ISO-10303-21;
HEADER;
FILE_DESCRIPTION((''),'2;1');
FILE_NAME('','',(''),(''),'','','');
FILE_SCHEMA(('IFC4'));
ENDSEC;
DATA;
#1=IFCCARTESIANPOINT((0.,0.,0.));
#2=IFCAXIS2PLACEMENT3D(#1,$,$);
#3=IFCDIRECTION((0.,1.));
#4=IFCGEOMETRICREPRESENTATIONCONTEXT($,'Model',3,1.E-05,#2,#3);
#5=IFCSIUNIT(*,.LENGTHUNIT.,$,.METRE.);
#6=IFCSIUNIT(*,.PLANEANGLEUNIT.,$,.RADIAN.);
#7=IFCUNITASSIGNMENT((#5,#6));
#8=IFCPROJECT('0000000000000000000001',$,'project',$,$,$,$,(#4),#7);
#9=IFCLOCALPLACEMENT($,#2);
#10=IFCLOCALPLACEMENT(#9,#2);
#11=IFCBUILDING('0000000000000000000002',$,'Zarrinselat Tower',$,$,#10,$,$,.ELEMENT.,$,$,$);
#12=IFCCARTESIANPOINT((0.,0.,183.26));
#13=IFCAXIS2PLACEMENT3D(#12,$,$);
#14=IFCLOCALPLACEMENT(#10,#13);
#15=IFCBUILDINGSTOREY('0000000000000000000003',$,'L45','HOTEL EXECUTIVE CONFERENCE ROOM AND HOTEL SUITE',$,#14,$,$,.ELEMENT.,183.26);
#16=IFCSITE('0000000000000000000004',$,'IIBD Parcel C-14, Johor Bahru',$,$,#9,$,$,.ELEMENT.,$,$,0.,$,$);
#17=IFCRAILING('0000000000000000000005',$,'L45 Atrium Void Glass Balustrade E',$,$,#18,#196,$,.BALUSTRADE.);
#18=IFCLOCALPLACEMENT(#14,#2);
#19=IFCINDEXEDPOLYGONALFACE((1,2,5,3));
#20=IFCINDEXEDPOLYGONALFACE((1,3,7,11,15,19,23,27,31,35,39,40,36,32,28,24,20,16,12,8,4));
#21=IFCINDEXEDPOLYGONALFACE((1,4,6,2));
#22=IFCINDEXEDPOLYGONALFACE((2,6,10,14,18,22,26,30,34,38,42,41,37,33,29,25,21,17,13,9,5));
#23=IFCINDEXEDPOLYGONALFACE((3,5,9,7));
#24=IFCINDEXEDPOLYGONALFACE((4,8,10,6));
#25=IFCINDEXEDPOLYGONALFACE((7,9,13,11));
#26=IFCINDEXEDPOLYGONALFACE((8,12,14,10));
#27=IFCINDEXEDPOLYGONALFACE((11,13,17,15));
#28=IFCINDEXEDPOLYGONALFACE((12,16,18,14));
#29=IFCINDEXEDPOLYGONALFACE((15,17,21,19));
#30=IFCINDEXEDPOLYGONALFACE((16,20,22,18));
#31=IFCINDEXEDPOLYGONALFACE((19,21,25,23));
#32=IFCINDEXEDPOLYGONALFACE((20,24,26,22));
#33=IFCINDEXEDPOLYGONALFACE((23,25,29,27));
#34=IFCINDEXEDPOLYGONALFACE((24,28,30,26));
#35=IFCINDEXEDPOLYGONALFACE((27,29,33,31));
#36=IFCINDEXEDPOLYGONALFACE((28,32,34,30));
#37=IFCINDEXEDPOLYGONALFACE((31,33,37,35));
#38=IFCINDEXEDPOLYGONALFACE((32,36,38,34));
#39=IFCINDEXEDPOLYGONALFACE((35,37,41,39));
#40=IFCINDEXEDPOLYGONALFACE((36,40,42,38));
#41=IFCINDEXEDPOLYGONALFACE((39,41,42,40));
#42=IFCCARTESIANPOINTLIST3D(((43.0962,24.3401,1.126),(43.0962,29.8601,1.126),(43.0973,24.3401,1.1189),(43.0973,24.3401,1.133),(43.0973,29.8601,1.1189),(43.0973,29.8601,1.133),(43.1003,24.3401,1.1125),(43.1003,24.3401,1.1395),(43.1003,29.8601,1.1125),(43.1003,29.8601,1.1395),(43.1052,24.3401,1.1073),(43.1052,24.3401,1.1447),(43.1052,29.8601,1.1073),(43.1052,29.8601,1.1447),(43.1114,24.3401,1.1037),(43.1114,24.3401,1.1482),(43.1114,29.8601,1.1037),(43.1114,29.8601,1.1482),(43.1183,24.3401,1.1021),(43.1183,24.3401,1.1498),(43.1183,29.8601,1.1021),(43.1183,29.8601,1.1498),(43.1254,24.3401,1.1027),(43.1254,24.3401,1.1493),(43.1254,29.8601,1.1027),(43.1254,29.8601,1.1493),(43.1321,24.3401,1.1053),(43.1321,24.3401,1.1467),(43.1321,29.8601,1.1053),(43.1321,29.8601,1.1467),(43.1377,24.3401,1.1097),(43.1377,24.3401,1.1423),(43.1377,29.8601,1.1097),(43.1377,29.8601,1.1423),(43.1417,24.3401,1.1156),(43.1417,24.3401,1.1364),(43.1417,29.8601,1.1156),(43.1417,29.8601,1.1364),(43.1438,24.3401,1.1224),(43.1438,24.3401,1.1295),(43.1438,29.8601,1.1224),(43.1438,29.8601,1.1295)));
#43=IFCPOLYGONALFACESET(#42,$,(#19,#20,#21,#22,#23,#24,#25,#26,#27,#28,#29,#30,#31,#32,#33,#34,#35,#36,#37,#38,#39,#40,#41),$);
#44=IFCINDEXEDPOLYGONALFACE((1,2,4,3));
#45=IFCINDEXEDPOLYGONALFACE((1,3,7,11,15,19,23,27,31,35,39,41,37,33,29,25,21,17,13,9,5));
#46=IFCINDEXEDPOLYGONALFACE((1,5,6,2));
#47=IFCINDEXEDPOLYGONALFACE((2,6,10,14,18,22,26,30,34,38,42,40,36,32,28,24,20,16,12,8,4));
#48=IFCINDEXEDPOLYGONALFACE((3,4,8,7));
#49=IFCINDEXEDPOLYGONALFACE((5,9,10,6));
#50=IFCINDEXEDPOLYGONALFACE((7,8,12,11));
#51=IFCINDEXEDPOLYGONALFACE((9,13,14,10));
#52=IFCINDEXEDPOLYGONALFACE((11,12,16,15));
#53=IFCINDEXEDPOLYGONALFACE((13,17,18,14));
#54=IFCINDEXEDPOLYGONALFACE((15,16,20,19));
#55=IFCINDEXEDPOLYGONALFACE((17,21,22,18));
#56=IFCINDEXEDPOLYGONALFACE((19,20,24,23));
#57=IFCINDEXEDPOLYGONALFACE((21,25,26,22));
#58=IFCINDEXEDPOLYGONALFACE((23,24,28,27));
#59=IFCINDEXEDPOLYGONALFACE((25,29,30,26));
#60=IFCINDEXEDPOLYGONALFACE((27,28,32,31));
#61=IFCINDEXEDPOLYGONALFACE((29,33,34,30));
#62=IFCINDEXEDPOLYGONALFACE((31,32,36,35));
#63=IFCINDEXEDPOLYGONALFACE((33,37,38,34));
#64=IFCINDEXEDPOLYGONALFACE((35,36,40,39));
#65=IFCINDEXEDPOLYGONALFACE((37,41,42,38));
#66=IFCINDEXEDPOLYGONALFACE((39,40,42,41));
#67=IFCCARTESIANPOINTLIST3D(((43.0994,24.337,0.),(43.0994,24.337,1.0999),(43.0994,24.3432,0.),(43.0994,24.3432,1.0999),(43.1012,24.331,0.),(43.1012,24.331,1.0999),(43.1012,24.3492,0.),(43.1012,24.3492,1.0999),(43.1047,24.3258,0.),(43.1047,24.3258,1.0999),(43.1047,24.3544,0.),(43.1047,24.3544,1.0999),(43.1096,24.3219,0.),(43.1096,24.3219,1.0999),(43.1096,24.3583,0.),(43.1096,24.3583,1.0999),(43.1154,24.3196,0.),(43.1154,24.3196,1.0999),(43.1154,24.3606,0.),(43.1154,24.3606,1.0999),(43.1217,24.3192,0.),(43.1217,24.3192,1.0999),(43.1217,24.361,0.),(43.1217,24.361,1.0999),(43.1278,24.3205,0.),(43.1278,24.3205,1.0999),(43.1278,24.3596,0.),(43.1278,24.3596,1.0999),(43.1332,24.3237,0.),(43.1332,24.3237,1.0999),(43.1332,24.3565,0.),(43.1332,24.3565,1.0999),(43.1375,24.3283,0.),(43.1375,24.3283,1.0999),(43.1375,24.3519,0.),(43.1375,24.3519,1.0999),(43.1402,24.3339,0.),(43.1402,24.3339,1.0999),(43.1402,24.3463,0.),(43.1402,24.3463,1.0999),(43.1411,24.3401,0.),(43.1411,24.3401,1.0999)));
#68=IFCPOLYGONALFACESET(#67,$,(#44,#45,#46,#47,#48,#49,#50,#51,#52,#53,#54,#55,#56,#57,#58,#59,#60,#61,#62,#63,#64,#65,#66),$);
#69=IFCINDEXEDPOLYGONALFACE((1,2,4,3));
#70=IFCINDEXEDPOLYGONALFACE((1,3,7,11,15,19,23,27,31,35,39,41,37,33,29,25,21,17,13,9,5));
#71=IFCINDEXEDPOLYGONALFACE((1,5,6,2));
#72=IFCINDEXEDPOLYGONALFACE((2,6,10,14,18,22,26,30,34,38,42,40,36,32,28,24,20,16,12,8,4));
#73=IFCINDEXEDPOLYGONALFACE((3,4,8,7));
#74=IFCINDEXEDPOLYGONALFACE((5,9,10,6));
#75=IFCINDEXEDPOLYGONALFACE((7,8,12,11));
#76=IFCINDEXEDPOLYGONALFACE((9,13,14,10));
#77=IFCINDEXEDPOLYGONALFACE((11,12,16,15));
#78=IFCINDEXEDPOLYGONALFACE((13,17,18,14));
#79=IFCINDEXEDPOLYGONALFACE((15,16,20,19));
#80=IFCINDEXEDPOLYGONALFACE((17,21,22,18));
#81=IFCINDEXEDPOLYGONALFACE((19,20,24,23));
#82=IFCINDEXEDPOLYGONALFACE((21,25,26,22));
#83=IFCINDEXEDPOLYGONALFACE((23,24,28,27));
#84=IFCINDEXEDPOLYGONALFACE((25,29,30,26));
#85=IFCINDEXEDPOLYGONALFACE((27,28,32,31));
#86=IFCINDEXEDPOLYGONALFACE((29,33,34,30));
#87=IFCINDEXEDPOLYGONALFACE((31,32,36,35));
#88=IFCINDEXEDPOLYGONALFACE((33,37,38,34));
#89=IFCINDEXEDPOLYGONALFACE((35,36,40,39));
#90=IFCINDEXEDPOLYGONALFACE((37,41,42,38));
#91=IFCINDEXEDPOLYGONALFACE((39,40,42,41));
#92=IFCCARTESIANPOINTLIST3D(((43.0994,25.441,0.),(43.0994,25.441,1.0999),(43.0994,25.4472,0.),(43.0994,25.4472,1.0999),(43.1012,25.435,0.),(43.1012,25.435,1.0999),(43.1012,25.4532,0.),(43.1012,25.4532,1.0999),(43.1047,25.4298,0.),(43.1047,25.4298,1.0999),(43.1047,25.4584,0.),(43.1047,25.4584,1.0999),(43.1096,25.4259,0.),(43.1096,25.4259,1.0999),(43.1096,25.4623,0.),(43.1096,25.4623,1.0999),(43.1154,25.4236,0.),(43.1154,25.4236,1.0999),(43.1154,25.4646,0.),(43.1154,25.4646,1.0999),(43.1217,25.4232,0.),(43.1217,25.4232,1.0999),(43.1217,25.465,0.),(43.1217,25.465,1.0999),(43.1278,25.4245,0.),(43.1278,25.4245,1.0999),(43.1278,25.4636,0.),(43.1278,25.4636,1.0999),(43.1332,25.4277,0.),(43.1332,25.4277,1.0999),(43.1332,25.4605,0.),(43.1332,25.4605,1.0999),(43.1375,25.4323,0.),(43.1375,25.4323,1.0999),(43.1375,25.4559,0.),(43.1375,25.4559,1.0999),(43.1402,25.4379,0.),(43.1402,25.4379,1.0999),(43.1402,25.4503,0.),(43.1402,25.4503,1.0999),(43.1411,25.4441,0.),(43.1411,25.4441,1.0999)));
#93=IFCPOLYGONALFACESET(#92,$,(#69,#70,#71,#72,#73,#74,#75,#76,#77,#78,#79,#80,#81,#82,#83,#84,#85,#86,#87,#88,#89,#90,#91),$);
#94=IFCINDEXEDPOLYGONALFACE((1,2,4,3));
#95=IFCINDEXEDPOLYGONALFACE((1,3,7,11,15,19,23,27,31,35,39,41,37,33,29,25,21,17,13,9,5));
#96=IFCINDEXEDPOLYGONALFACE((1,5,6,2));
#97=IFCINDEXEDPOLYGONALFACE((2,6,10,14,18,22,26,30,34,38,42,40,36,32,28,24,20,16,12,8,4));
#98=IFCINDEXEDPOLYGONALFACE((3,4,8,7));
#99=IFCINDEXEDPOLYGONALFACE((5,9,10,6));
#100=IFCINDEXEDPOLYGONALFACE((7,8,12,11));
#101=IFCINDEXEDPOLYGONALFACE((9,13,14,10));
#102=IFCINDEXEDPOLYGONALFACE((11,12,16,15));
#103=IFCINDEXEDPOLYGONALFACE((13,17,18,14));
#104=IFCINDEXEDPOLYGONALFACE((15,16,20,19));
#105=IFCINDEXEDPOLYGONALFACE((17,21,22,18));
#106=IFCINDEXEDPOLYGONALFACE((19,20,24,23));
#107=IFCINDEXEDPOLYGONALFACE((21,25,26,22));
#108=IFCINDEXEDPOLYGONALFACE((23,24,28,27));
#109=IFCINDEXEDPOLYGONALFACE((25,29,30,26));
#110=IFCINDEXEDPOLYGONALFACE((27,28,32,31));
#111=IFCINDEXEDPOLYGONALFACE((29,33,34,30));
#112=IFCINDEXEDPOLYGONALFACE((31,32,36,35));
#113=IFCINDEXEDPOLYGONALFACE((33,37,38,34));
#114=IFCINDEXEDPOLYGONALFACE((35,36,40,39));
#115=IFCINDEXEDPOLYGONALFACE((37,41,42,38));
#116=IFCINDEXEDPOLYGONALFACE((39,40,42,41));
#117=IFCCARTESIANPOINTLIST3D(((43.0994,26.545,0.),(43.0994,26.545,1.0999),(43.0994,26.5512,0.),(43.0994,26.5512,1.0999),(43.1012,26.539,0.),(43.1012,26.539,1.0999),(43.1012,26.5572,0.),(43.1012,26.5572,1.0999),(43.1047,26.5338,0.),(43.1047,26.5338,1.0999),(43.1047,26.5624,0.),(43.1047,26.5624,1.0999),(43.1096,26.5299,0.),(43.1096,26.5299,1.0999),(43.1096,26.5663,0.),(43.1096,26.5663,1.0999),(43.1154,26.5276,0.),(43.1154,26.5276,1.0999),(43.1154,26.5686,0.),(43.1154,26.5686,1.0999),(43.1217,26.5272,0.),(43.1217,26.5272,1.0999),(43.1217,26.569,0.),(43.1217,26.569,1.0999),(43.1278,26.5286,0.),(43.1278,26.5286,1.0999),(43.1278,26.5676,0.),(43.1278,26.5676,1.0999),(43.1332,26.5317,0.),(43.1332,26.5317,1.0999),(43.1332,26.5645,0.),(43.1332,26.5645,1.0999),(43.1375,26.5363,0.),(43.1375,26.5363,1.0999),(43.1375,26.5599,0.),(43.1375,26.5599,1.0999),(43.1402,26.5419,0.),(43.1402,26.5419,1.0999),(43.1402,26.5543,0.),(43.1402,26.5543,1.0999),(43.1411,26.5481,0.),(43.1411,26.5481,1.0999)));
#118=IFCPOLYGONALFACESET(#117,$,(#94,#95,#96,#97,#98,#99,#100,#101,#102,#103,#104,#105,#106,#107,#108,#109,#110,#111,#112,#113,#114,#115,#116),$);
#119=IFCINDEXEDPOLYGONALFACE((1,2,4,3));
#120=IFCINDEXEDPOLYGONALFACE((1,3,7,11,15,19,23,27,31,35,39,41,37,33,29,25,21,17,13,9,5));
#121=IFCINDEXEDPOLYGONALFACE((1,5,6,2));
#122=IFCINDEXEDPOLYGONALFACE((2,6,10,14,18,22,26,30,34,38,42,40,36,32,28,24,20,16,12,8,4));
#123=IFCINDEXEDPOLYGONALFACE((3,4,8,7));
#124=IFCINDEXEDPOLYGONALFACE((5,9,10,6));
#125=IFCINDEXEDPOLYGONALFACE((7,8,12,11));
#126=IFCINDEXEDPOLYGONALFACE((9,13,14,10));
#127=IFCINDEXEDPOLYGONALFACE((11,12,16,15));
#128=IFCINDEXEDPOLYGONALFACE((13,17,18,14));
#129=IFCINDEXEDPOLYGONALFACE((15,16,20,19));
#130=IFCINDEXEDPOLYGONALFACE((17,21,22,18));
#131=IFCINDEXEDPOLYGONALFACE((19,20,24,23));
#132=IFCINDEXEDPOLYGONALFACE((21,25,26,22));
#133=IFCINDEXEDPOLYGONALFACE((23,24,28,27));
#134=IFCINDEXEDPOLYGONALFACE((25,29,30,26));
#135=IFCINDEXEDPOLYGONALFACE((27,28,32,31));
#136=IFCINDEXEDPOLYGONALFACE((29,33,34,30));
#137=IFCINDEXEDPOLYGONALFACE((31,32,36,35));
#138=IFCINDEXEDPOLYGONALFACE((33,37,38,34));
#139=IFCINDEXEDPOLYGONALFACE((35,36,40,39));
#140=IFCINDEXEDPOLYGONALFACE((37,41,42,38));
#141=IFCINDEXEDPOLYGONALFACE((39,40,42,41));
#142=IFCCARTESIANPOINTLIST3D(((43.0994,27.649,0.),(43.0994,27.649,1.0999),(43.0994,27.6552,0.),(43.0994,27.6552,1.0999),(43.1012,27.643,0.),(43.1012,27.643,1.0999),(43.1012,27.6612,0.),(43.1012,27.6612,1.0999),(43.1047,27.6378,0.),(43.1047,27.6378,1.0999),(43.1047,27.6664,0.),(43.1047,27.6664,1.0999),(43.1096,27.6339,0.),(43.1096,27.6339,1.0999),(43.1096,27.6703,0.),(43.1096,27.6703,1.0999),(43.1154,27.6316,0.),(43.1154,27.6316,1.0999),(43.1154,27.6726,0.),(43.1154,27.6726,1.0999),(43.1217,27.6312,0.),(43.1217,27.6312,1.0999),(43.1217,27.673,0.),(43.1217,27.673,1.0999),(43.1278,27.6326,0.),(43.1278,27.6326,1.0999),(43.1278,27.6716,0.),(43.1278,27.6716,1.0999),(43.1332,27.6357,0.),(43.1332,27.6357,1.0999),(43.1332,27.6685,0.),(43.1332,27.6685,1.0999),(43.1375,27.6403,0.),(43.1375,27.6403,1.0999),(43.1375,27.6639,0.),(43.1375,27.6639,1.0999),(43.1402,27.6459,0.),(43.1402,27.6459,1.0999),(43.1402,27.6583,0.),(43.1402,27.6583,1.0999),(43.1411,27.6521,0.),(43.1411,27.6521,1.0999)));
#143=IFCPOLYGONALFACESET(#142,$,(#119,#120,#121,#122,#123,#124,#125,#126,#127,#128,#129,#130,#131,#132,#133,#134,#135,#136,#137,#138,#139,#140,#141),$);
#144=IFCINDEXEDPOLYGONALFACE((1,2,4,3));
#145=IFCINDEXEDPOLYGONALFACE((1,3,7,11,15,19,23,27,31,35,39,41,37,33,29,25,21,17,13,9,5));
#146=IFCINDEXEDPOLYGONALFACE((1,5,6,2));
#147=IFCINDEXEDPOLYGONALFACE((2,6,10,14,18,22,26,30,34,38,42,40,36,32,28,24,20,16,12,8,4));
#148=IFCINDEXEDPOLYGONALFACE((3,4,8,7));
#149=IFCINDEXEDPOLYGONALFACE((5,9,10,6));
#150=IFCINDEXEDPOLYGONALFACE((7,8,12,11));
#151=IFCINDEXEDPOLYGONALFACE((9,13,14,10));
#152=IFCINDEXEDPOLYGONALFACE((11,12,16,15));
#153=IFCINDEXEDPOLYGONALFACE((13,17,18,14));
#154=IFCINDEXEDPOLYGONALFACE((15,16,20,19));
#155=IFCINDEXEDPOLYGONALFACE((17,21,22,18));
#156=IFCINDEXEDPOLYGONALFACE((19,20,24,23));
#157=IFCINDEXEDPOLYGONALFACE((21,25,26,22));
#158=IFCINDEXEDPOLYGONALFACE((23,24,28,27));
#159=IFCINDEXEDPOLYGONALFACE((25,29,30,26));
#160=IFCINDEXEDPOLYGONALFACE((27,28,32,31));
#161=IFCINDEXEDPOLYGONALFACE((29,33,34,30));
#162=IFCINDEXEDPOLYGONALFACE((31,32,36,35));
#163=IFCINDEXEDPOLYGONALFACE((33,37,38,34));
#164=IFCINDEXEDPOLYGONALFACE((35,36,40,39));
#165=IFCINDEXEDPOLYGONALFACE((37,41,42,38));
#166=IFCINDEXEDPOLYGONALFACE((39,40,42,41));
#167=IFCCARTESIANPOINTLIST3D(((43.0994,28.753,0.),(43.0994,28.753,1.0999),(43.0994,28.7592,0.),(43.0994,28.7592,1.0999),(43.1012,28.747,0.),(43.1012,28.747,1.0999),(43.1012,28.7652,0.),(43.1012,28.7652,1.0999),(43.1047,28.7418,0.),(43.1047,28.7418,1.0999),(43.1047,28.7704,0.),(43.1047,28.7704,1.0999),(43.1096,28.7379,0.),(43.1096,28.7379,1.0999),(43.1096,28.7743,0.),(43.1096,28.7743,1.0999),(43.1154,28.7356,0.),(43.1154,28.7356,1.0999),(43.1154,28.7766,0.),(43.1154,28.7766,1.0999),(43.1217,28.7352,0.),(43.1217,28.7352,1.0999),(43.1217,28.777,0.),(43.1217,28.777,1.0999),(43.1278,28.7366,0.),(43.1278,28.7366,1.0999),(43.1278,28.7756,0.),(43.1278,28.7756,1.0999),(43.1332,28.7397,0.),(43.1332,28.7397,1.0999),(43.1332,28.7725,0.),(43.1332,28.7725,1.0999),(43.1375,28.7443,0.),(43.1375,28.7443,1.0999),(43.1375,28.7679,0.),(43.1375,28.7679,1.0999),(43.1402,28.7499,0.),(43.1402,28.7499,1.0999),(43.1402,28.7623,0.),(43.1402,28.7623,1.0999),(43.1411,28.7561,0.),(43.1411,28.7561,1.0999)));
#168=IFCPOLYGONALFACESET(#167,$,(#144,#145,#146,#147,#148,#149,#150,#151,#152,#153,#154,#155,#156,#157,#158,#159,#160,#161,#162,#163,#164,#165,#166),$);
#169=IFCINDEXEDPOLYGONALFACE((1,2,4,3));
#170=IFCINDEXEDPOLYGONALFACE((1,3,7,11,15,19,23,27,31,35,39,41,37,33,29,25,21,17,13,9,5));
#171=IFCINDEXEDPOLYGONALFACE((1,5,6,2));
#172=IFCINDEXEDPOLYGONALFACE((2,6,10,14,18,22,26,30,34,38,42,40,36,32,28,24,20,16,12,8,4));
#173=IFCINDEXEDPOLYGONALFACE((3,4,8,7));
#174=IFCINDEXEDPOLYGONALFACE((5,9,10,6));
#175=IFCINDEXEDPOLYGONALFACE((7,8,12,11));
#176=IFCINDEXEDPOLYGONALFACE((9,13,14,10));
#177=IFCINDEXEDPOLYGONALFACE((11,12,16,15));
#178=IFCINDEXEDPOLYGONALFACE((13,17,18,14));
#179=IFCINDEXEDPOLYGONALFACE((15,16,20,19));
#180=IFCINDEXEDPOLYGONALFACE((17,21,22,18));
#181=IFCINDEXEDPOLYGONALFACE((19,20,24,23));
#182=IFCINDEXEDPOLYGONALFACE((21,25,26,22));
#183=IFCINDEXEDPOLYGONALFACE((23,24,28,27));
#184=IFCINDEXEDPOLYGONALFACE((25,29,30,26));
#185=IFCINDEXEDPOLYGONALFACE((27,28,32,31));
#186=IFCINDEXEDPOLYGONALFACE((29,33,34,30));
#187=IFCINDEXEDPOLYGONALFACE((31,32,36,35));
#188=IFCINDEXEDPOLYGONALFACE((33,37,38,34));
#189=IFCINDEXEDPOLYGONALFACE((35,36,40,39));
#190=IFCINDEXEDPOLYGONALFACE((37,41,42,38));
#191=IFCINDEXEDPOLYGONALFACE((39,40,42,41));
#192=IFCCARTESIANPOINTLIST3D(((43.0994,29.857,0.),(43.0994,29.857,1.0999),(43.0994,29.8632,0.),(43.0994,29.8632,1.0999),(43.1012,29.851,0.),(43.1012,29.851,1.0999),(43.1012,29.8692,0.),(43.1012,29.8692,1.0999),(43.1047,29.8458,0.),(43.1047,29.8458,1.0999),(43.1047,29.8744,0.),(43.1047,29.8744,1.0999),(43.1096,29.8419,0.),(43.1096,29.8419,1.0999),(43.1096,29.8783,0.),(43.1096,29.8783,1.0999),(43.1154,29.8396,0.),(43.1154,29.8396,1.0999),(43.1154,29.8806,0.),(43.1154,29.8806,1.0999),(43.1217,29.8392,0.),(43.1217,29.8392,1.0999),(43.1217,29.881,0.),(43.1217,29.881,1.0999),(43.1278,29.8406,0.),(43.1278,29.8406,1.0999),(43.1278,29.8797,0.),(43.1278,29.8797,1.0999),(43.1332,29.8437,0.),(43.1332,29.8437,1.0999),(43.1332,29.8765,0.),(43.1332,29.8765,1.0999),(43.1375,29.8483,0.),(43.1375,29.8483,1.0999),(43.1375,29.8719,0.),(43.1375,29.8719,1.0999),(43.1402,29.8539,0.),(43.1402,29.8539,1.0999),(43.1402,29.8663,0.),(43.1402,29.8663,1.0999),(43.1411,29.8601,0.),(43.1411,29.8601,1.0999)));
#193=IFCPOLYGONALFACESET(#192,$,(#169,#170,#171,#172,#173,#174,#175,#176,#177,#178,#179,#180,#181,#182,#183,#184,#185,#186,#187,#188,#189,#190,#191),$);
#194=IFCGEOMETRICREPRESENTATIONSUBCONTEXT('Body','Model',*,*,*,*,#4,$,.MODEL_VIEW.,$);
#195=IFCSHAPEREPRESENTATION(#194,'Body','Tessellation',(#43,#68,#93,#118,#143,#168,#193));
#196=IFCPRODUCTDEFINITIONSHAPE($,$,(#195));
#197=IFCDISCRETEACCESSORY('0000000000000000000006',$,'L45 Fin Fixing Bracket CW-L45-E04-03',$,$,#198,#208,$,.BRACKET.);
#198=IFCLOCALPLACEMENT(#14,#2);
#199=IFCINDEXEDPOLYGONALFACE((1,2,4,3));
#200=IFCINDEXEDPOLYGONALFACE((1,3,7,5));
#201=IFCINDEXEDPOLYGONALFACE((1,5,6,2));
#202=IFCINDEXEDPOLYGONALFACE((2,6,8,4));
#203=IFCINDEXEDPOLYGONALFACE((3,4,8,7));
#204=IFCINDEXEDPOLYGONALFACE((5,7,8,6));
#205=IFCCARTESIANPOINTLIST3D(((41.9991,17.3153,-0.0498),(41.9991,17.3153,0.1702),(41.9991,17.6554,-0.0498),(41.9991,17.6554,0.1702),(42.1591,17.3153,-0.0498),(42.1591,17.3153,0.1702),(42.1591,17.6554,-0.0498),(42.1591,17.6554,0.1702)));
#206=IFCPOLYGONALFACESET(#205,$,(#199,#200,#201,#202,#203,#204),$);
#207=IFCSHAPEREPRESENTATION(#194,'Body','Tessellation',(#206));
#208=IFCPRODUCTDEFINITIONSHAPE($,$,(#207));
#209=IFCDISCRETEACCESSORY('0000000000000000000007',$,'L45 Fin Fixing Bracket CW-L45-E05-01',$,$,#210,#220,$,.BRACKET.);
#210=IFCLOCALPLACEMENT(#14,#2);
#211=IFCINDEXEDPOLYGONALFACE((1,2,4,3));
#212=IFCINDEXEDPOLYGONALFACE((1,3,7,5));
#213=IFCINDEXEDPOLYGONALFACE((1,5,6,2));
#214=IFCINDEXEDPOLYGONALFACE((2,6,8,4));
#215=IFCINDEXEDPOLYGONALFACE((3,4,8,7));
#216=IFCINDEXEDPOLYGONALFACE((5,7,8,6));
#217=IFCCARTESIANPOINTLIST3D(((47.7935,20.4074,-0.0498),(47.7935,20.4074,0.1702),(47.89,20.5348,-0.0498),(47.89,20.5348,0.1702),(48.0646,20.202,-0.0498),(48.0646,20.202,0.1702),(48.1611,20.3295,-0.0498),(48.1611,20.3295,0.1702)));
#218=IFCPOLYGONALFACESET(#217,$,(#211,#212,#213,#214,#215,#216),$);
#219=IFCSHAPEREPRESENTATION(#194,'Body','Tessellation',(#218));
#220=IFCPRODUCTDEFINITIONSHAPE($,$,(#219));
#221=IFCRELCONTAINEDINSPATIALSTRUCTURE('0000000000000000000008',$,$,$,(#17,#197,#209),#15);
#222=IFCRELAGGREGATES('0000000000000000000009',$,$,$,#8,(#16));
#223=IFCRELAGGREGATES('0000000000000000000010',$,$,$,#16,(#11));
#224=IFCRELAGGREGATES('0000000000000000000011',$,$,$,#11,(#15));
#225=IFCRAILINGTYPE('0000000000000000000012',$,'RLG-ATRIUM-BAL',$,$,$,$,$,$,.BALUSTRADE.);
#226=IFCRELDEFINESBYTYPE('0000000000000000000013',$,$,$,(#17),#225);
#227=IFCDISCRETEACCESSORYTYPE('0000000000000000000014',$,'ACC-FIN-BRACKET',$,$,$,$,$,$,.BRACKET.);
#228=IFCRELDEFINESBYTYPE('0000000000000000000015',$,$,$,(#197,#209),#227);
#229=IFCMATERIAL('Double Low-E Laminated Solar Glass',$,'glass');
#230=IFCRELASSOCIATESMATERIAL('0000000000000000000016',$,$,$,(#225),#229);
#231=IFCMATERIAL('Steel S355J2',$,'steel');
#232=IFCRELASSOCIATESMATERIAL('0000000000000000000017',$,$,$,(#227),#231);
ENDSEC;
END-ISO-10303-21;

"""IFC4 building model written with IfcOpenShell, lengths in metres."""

from ifc_helpers import new_model, si_unit, direction, frame, origin, origin_2d, place, context, subcontext, project, spatial, rectangle, circle, extrude, material, type_object, element, save


model = new_model("IFC4")

# Units and contexts
model_context = context("Model", 3, precision=1e-05, world=origin(), true_north=direction((0.0, 1.0)))
body_context = subcontext(model_context, "Body", "Model", "MODEL_VIEW")
ifc_project = project(units=[si_unit("LENGTHUNIT", "METRE"), si_unit("PLANEANGLEUNIT", "RADIAN")], contexts=[model_context])

# Site, building, storey
site_placement = place(None, origin())
site = spatial("IfcSite", under=ifc_project, at=site_placement, Name="IIBD Parcel C-14, Johor Bahru", CompositionType="ELEMENT", RefElevation=0.0)
building_placement = place(site_placement, origin())
building = spatial("IfcBuilding", under=site, at=building_placement, Name="Zarrinselat Tower", CompositionType="ELEMENT")
storey_placement = place(building_placement, frame((0.0, 0.0, 183.26)))
storey = spatial("IfcBuildingStorey", under=building, at=storey_placement, Name="L45", Description="HOTEL EXECUTIVE CONFERENCE ROOM AND HOTEL SUITE", CompositionType="ELEMENT", Elevation=183.26)

# Railing
ifc_material_1 = material(Name="Double Low-E Laminated Solar Glass", Category="glass")
railing_type = type_object("IfcRailingType", Name="RLG-ATRIUM-BAL", PredefinedType="BALUSTRADE", material=ifc_material_1)
railing_placement = place(storey_placement, frame((43.1201, 24.3401, 0.0)))
element("IfcRailing", 1, at=railing_placement, inside=storey, type_object=railing_type, Name="L45 Atrium Void Glass Balustrade E", PredefinedType="BALUSTRADE", context=body_context, shape_type="SweptSolid", body=[
    extrude(circle(Radius=0.0239, at=origin_2d()), frame((0.0, 0.0, 1.126), z_axis=(0.0, 1.0, 0.0), x_axis=(-1.0, 0.0, 0.0)), (0.0, 0.0, 1.0), 5.52),
    extrude(circle(Radius=0.021, at=origin_2d()), origin(), (0.0, 0.0, 1.0), 1.0999),
    extrude(circle(Radius=0.021, at=origin_2d()), frame((0.0, 1.104, 0.0)), (0.0, 0.0, 1.0), 1.0999),
    extrude(circle(Radius=0.021, at=origin_2d()), frame((0.0, 2.208, 0.0)), (0.0, 0.0, 1.0), 1.0999),
    extrude(circle(Radius=0.021, at=origin_2d()), frame((0.0, 3.312, 0.0)), (0.0, 0.0, 1.0), 1.0999),
    extrude(circle(Radius=0.021, at=origin_2d()), frame((0.0, 4.416, 0.0)), (0.0, 0.0, 1.0), 1.0999),
    extrude(circle(Radius=0.021, at=origin_2d()), frame((0.0, 5.52, 0.0)), (0.0, 0.0, 1.0), 1.0999),
])

# Discrete accessories
ifc_material_2 = material(Name="Steel S355J2", Category="steel")
discrete_accessory_type = type_object("IfcDiscreteAccessoryType", Name="ACC-FIN-BRACKET", PredefinedType="BRACKET", material=ifc_material_2)
for number, where, z_axis, x_axis, name in (
    (2, (42.0791, 17.4854, -0.0498), (0.0, 0.0, 1.0), (0.0, -1.0, 0.0), "L45 Fin Fixing Bracket CW-L45-E04-03"),
    (3, (47.9773, 20.3684, -0.0498), (0.0, 0.0, 1.0), (0.797091, -0.603859, 0.0), "L45 Fin Fixing Bracket CW-L45-E05-01"),
):
    element("IfcDiscreteAccessory", number, at=place(storey_placement, frame(where, z_axis=z_axis, x_axis=x_axis)), inside=storey, type_object=discrete_accessory_type, Name=name, PredefinedType="BRACKET", context=body_context, shape_type="SweptSolid", body=[
        extrude(rectangle(XDim=0.3401, YDim=0.1599, at=origin_2d()), origin(), (0.0, 0.0, 1.0), 0.22),
    ])

save(model, "model.ifc")
